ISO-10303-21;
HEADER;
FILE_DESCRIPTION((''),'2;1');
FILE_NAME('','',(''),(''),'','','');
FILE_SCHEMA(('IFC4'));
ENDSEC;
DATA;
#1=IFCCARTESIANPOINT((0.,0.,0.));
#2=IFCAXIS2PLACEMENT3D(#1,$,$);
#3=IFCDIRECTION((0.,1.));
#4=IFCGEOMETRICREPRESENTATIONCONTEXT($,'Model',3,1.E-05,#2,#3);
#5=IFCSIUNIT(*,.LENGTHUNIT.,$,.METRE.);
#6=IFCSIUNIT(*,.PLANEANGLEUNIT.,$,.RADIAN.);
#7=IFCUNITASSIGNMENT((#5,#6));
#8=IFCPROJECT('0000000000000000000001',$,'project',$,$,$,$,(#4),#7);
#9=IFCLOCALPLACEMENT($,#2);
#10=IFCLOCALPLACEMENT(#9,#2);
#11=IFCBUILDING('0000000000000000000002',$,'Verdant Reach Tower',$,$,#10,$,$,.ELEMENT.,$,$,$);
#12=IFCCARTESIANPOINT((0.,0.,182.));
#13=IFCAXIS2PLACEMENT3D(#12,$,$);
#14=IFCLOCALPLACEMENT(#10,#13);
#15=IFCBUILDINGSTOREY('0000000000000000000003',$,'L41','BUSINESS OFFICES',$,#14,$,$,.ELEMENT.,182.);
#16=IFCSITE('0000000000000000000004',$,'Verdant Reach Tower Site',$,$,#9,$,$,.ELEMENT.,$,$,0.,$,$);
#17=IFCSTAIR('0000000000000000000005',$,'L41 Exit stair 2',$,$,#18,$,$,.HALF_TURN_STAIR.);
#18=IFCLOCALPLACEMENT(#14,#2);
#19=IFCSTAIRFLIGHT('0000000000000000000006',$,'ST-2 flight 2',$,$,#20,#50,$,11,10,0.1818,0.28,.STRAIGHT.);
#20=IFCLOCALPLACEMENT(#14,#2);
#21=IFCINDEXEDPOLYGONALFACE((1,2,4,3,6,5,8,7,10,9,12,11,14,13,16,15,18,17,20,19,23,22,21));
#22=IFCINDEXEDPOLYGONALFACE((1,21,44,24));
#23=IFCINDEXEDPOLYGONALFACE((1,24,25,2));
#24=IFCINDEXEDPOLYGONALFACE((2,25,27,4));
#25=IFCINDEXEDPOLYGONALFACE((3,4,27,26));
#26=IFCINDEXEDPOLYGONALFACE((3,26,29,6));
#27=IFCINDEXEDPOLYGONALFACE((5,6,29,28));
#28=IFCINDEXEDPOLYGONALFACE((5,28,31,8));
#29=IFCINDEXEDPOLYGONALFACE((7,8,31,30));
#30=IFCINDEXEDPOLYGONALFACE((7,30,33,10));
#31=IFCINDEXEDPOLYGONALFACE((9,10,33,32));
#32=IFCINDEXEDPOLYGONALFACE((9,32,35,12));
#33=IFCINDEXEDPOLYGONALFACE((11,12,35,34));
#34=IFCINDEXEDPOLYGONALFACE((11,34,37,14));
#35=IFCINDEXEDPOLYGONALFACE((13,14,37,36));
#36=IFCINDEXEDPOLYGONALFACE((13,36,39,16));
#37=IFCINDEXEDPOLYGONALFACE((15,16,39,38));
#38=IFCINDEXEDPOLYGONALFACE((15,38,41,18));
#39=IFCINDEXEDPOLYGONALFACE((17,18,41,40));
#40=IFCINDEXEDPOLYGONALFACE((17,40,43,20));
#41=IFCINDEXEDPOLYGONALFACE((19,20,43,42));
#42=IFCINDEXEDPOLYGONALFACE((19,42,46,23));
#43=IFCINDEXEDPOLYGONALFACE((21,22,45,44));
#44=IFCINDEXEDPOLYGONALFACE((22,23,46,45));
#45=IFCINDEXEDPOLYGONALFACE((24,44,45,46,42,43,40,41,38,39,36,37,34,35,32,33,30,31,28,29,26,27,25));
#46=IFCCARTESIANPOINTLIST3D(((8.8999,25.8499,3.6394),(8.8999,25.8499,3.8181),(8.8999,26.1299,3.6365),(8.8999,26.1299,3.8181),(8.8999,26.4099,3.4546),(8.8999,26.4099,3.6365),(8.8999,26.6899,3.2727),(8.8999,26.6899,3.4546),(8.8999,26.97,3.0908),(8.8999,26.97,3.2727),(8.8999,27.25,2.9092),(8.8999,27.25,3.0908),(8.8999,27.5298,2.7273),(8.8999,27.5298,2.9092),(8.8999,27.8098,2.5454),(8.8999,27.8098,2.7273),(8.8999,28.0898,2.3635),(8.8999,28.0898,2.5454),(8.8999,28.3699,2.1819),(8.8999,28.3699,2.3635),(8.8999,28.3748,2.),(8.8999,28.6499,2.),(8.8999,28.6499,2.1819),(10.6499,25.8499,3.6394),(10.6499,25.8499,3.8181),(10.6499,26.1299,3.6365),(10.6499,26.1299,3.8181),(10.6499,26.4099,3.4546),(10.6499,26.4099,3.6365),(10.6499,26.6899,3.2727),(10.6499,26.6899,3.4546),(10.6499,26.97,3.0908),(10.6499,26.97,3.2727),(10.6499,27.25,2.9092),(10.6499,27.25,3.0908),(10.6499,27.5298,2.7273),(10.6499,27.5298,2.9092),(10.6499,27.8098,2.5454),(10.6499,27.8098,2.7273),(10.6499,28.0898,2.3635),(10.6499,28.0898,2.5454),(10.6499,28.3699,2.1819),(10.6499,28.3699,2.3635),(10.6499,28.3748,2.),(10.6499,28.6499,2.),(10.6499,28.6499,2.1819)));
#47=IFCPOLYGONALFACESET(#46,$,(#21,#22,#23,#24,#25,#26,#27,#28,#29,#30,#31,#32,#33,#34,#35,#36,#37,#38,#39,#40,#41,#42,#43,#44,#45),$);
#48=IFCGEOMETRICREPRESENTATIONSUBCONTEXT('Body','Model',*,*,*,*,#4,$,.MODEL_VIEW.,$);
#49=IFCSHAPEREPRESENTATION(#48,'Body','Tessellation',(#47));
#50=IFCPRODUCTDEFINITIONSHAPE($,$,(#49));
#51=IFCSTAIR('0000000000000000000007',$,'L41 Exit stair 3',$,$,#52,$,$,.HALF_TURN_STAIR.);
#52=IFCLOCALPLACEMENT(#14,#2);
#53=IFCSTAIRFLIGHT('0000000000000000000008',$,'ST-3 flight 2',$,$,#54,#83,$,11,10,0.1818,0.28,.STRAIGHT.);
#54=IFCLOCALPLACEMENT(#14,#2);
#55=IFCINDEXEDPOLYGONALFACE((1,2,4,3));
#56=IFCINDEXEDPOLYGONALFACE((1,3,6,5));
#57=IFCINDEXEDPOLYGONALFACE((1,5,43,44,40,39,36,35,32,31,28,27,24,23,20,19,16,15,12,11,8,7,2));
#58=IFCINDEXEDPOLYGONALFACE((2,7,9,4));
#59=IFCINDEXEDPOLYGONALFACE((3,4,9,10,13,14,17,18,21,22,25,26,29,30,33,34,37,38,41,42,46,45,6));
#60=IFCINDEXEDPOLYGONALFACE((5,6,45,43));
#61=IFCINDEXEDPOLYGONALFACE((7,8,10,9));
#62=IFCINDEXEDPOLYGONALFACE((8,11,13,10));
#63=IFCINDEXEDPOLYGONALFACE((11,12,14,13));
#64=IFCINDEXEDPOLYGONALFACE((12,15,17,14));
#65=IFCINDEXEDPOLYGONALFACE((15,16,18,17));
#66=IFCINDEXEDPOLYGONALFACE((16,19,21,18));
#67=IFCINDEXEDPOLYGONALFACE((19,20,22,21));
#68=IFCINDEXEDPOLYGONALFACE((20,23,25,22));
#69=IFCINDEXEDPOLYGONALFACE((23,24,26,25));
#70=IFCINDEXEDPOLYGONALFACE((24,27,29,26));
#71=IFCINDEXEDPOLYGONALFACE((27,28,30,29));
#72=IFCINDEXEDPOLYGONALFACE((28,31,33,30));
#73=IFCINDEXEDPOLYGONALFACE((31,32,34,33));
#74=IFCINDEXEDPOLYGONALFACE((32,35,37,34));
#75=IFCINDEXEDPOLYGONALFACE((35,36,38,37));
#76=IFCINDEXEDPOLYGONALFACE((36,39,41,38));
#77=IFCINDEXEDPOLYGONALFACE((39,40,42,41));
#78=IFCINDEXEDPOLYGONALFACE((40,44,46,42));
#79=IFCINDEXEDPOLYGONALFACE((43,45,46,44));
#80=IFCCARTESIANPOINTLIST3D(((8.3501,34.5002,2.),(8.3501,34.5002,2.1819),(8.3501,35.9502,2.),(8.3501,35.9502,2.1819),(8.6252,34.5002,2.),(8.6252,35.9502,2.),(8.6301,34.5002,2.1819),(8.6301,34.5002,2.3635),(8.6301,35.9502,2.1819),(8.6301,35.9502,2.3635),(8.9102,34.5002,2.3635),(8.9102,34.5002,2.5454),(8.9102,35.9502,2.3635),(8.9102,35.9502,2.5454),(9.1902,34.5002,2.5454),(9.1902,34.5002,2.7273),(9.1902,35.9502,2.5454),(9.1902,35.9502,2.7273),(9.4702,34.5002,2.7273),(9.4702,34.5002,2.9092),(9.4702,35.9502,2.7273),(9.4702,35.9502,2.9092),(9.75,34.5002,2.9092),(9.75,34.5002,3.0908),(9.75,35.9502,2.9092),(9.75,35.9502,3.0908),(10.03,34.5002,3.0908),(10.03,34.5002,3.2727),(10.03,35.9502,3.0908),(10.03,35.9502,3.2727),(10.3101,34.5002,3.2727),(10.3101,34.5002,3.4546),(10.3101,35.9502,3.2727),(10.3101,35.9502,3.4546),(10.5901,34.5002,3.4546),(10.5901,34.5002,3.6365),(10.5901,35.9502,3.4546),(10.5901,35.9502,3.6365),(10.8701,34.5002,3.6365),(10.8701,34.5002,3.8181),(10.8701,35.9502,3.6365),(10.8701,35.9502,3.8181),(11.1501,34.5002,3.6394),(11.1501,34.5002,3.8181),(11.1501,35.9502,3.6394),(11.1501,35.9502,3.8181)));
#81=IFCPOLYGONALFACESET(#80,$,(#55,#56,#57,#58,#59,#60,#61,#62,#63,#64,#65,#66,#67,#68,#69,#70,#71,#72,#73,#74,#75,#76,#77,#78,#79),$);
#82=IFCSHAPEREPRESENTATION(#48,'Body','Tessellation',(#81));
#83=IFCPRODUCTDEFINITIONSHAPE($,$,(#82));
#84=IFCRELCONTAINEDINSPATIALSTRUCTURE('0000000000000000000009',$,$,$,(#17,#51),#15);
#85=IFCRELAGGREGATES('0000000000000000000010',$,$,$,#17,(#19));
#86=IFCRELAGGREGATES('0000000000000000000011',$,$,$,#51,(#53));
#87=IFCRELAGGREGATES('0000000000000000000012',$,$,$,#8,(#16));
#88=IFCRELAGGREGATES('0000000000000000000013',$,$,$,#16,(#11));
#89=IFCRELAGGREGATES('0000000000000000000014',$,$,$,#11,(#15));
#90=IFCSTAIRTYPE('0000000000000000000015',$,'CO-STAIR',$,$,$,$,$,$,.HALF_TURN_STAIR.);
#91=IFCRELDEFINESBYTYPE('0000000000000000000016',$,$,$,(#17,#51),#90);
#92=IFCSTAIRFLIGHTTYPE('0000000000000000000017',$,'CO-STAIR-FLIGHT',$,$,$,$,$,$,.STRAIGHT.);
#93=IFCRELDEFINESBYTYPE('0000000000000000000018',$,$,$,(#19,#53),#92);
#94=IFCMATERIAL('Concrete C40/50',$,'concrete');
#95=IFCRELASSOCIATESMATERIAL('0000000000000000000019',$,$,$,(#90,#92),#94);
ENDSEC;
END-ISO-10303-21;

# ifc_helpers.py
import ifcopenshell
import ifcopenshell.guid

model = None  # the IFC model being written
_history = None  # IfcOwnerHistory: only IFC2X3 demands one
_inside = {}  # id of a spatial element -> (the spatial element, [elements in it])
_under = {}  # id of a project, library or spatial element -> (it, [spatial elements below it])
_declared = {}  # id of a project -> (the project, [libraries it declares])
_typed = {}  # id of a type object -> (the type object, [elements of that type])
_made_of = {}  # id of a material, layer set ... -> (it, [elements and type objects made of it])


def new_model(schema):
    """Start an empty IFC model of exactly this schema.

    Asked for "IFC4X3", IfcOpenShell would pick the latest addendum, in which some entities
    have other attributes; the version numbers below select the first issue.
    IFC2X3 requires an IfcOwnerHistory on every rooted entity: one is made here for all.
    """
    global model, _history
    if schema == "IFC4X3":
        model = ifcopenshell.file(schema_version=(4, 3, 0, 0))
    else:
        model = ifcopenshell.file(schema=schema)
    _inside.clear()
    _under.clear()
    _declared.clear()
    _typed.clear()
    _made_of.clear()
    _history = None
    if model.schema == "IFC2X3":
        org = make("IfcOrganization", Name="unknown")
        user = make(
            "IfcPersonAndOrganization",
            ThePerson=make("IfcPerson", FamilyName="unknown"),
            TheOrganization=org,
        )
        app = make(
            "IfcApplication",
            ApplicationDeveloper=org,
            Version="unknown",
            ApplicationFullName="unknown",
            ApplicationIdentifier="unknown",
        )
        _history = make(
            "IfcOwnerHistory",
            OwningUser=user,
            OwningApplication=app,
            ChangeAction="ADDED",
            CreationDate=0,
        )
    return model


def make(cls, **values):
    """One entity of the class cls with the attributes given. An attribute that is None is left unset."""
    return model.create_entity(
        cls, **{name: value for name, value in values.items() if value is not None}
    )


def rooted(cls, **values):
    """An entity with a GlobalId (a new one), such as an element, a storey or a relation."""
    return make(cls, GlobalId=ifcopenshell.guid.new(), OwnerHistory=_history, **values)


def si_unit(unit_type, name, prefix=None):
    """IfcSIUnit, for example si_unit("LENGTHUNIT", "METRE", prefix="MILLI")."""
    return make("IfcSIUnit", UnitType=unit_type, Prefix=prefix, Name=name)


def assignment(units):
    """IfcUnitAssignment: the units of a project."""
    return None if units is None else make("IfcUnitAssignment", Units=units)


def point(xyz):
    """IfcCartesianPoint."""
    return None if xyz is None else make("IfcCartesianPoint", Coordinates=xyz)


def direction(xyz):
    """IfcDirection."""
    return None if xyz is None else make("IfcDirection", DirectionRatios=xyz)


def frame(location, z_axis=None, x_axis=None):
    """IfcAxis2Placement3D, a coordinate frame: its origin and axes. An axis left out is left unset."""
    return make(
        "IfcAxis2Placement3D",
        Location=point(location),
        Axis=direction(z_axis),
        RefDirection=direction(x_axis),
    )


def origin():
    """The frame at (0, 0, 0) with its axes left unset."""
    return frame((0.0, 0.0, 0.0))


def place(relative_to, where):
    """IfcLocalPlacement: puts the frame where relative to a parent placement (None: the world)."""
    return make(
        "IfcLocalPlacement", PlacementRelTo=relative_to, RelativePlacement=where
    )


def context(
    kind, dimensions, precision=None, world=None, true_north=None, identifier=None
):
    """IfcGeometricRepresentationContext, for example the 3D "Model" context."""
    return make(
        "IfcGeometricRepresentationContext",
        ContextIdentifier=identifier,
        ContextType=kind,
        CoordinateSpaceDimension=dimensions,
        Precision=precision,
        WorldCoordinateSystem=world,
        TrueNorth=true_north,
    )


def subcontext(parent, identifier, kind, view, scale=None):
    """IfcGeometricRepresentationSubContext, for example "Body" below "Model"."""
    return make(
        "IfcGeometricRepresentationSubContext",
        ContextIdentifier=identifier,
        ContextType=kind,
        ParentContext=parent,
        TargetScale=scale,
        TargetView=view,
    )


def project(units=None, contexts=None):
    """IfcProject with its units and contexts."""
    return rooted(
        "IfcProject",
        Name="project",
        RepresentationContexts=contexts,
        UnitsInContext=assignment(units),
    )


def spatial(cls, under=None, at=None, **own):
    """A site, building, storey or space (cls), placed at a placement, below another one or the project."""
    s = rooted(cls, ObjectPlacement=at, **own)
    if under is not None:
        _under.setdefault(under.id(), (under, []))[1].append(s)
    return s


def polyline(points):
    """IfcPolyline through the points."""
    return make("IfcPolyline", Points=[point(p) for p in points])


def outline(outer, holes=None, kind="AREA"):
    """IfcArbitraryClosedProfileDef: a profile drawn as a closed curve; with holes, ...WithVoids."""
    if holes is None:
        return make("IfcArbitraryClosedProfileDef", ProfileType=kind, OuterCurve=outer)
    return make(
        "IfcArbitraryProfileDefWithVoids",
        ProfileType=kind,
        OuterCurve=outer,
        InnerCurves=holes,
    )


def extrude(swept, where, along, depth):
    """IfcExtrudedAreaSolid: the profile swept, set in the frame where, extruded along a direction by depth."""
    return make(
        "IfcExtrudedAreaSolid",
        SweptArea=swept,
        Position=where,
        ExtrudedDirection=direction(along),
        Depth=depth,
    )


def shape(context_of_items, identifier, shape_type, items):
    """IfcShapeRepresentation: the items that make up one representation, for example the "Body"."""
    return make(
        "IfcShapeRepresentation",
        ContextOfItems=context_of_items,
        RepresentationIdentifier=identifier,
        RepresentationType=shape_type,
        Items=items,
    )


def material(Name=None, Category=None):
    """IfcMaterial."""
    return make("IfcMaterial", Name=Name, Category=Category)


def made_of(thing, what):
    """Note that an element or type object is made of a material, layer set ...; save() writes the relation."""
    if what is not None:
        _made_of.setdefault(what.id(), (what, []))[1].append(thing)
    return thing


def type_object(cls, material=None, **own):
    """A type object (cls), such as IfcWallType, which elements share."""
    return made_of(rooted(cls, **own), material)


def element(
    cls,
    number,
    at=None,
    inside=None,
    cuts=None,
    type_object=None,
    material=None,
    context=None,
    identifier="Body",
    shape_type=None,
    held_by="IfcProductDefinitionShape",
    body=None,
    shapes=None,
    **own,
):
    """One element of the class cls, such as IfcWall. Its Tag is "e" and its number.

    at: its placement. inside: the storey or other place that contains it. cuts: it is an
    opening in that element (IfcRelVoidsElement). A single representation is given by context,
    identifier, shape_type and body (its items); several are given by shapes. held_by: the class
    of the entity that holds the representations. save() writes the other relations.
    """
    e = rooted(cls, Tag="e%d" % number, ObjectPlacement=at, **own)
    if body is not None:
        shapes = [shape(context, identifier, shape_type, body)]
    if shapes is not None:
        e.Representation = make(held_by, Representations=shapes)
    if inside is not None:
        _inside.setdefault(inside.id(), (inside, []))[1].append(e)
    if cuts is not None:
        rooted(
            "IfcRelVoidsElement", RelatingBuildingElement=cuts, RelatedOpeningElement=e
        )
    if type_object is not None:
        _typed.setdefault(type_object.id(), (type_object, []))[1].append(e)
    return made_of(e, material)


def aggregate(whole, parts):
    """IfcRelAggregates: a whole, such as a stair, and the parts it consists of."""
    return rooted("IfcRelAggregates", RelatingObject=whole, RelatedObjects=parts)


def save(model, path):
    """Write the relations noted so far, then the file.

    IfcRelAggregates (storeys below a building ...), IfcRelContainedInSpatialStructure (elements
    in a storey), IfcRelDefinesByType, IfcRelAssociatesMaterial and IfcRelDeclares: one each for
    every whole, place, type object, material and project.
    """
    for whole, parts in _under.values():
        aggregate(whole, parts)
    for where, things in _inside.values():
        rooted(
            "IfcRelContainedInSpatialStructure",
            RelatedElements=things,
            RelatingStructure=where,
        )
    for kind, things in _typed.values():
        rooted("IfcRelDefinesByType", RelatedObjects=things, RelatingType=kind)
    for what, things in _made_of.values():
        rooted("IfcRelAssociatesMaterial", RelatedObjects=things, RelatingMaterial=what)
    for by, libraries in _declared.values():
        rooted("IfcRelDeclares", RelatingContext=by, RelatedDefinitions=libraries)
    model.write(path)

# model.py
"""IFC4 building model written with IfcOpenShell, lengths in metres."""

from ifc_helpers import new_model, si_unit, direction, frame, origin, place, context, subcontext, project, spatial, polyline, outline, extrude, material, type_object, element, aggregate, save


model = new_model("IFC4")

# Units and contexts
model_context = context("Model", 3, precision=1e-05, world=origin(), true_north=direction((0.0, 1.0)))
body_context = subcontext(model_context, "Body", "Model", "MODEL_VIEW")
ifc_project = project(units=[si_unit("LENGTHUNIT", "METRE"), si_unit("PLANEANGLEUNIT", "RADIAN")], contexts=[model_context])

# Site, building, storey
site_placement = place(None, origin())
site = spatial("IfcSite", under=ifc_project, at=site_placement, Name="Verdant Reach Tower Site", CompositionType="ELEMENT", RefElevation=0.0)
building_placement = place(site_placement, origin())
building = spatial("IfcBuilding", under=site, at=building_placement, Name="Verdant Reach Tower", CompositionType="ELEMENT")
storey_placement = place(building_placement, frame((0.0, 0.0, 182.0)))
storey = spatial("IfcBuildingStorey", under=building, at=storey_placement, Name="L41", Description="BUSINESS OFFICES", CompositionType="ELEMENT", Elevation=182.0)

# Shared definitions
ifc_material_1 = material(Name="Concrete C40/50", Category="concrete")

# Stair, stair flight
stair_type = type_object("IfcStairType", Name="CO-STAIR", PredefinedType="HALF_TURN_STAIR", material=ifc_material_1)
stair_1_placement = place(storey_placement, origin())
stair_1 = element("IfcStair", 1, at=stair_1_placement, inside=storey, type_object=stair_type, Name="L41 Exit stair 2", PredefinedType="HALF_TURN_STAIR")
stair_flight_type = type_object("IfcStairFlightType", Name="CO-STAIR-FLIGHT", PredefinedType="STRAIGHT", material=ifc_material_1)
stair_flight_1_placement = place(storey_placement, frame((9.7749, 28.6499, 2.0), z_axis=(0.0, 0.0, 1.0), x_axis=(0.0, -1.0, 0.0)))
stair_flight_1 = element("IfcStairFlight", 2, at=stair_flight_1_placement, type_object=stair_flight_type, Name="ST-2 flight 2", NumberOfRisers=11, NumberOfTreads=10, PredefinedType="STRAIGHT", RiserHeight=0.1818, TreadLength=0.28, context=body_context, shape_type="SweptSolid", body=[
    extrude(outline(polyline([(0.0, 0.0), (0.0, 0.1819), (0.28, 0.1819), (0.28, 0.3635), (0.5601, 0.3635), (0.5601, 0.5454), (0.8401, 0.5454), (0.8401, 0.7273), (1.1201, 0.7273), (1.1201, 0.9092), (1.3999, 0.9092), (1.3999, 1.0908), (1.6799, 1.0908), (1.6799, 1.2727), (1.96, 1.2727), (1.96, 1.4546), (2.24, 1.4546), (2.24, 1.6365), (2.52, 1.6365), (2.52, 1.8181), (2.8, 1.8181), (2.8, 2.0), (2.8, 1.6394), (0.2751, 0.0), (0.0, 0.0)])), frame((0.0, 0.875, 0.0), z_axis=(0.0, -1.0, 0.0), x_axis=(1.0, 0.0, 0.0)), (0.0, 0.0, 1.0), 1.75),
])
aggregate(stair_1, [stair_flight_1])

# Stair, stair flight
stair_2_placement = place(storey_placement, origin())
stair_2 = element("IfcStair", 3, at=stair_2_placement, inside=storey, type_object=stair_type, Name="L41 Exit stair 3", PredefinedType="HALF_TURN_STAIR")
stair_flight_2_placement = place(storey_placement, frame((8.3501, 35.2251, 2.0), z_axis=(0.0, 0.0, 1.0), x_axis=(1.0, 0.0, 0.0)))
stair_flight_2 = element("IfcStairFlight", 4, at=stair_flight_2_placement, type_object=stair_flight_type, Name="ST-3 flight 2", NumberOfRisers=11, NumberOfTreads=10, PredefinedType="STRAIGHT", RiserHeight=0.1818, TreadLength=0.28, context=body_context, shape_type="SweptSolid", body=[
    extrude(outline(polyline([(0.0, 0.0), (0.0, 0.1819), (0.28, 0.1819), (0.28, 0.3635), (0.5601, 0.3635), (0.5601, 0.5454), (0.8401, 0.5454), (0.8401, 0.7273), (1.1201, 0.7273), (1.1201, 0.9092), (1.3999, 0.9092), (1.3999, 1.0908), (1.6799, 1.0908), (1.6799, 1.2727), (1.96, 1.2727), (1.96, 1.4546), (2.24, 1.4546), (2.24, 1.6365), (2.52, 1.6365), (2.52, 1.8181), (2.8, 1.8181), (2.8, 2.0), (2.8, 1.6394), (0.2751, 0.0), (0.0, 0.0)])), frame((0.0, 0.7251, 0.0), z_axis=(0.0, -1.0, 0.0), x_axis=(1.0, 0.0, 0.0)), (0.0, 0.0, 1.0), 1.45),
])
aggregate(stair_2, [stair_flight_2])

save(model, "model.ifc")
